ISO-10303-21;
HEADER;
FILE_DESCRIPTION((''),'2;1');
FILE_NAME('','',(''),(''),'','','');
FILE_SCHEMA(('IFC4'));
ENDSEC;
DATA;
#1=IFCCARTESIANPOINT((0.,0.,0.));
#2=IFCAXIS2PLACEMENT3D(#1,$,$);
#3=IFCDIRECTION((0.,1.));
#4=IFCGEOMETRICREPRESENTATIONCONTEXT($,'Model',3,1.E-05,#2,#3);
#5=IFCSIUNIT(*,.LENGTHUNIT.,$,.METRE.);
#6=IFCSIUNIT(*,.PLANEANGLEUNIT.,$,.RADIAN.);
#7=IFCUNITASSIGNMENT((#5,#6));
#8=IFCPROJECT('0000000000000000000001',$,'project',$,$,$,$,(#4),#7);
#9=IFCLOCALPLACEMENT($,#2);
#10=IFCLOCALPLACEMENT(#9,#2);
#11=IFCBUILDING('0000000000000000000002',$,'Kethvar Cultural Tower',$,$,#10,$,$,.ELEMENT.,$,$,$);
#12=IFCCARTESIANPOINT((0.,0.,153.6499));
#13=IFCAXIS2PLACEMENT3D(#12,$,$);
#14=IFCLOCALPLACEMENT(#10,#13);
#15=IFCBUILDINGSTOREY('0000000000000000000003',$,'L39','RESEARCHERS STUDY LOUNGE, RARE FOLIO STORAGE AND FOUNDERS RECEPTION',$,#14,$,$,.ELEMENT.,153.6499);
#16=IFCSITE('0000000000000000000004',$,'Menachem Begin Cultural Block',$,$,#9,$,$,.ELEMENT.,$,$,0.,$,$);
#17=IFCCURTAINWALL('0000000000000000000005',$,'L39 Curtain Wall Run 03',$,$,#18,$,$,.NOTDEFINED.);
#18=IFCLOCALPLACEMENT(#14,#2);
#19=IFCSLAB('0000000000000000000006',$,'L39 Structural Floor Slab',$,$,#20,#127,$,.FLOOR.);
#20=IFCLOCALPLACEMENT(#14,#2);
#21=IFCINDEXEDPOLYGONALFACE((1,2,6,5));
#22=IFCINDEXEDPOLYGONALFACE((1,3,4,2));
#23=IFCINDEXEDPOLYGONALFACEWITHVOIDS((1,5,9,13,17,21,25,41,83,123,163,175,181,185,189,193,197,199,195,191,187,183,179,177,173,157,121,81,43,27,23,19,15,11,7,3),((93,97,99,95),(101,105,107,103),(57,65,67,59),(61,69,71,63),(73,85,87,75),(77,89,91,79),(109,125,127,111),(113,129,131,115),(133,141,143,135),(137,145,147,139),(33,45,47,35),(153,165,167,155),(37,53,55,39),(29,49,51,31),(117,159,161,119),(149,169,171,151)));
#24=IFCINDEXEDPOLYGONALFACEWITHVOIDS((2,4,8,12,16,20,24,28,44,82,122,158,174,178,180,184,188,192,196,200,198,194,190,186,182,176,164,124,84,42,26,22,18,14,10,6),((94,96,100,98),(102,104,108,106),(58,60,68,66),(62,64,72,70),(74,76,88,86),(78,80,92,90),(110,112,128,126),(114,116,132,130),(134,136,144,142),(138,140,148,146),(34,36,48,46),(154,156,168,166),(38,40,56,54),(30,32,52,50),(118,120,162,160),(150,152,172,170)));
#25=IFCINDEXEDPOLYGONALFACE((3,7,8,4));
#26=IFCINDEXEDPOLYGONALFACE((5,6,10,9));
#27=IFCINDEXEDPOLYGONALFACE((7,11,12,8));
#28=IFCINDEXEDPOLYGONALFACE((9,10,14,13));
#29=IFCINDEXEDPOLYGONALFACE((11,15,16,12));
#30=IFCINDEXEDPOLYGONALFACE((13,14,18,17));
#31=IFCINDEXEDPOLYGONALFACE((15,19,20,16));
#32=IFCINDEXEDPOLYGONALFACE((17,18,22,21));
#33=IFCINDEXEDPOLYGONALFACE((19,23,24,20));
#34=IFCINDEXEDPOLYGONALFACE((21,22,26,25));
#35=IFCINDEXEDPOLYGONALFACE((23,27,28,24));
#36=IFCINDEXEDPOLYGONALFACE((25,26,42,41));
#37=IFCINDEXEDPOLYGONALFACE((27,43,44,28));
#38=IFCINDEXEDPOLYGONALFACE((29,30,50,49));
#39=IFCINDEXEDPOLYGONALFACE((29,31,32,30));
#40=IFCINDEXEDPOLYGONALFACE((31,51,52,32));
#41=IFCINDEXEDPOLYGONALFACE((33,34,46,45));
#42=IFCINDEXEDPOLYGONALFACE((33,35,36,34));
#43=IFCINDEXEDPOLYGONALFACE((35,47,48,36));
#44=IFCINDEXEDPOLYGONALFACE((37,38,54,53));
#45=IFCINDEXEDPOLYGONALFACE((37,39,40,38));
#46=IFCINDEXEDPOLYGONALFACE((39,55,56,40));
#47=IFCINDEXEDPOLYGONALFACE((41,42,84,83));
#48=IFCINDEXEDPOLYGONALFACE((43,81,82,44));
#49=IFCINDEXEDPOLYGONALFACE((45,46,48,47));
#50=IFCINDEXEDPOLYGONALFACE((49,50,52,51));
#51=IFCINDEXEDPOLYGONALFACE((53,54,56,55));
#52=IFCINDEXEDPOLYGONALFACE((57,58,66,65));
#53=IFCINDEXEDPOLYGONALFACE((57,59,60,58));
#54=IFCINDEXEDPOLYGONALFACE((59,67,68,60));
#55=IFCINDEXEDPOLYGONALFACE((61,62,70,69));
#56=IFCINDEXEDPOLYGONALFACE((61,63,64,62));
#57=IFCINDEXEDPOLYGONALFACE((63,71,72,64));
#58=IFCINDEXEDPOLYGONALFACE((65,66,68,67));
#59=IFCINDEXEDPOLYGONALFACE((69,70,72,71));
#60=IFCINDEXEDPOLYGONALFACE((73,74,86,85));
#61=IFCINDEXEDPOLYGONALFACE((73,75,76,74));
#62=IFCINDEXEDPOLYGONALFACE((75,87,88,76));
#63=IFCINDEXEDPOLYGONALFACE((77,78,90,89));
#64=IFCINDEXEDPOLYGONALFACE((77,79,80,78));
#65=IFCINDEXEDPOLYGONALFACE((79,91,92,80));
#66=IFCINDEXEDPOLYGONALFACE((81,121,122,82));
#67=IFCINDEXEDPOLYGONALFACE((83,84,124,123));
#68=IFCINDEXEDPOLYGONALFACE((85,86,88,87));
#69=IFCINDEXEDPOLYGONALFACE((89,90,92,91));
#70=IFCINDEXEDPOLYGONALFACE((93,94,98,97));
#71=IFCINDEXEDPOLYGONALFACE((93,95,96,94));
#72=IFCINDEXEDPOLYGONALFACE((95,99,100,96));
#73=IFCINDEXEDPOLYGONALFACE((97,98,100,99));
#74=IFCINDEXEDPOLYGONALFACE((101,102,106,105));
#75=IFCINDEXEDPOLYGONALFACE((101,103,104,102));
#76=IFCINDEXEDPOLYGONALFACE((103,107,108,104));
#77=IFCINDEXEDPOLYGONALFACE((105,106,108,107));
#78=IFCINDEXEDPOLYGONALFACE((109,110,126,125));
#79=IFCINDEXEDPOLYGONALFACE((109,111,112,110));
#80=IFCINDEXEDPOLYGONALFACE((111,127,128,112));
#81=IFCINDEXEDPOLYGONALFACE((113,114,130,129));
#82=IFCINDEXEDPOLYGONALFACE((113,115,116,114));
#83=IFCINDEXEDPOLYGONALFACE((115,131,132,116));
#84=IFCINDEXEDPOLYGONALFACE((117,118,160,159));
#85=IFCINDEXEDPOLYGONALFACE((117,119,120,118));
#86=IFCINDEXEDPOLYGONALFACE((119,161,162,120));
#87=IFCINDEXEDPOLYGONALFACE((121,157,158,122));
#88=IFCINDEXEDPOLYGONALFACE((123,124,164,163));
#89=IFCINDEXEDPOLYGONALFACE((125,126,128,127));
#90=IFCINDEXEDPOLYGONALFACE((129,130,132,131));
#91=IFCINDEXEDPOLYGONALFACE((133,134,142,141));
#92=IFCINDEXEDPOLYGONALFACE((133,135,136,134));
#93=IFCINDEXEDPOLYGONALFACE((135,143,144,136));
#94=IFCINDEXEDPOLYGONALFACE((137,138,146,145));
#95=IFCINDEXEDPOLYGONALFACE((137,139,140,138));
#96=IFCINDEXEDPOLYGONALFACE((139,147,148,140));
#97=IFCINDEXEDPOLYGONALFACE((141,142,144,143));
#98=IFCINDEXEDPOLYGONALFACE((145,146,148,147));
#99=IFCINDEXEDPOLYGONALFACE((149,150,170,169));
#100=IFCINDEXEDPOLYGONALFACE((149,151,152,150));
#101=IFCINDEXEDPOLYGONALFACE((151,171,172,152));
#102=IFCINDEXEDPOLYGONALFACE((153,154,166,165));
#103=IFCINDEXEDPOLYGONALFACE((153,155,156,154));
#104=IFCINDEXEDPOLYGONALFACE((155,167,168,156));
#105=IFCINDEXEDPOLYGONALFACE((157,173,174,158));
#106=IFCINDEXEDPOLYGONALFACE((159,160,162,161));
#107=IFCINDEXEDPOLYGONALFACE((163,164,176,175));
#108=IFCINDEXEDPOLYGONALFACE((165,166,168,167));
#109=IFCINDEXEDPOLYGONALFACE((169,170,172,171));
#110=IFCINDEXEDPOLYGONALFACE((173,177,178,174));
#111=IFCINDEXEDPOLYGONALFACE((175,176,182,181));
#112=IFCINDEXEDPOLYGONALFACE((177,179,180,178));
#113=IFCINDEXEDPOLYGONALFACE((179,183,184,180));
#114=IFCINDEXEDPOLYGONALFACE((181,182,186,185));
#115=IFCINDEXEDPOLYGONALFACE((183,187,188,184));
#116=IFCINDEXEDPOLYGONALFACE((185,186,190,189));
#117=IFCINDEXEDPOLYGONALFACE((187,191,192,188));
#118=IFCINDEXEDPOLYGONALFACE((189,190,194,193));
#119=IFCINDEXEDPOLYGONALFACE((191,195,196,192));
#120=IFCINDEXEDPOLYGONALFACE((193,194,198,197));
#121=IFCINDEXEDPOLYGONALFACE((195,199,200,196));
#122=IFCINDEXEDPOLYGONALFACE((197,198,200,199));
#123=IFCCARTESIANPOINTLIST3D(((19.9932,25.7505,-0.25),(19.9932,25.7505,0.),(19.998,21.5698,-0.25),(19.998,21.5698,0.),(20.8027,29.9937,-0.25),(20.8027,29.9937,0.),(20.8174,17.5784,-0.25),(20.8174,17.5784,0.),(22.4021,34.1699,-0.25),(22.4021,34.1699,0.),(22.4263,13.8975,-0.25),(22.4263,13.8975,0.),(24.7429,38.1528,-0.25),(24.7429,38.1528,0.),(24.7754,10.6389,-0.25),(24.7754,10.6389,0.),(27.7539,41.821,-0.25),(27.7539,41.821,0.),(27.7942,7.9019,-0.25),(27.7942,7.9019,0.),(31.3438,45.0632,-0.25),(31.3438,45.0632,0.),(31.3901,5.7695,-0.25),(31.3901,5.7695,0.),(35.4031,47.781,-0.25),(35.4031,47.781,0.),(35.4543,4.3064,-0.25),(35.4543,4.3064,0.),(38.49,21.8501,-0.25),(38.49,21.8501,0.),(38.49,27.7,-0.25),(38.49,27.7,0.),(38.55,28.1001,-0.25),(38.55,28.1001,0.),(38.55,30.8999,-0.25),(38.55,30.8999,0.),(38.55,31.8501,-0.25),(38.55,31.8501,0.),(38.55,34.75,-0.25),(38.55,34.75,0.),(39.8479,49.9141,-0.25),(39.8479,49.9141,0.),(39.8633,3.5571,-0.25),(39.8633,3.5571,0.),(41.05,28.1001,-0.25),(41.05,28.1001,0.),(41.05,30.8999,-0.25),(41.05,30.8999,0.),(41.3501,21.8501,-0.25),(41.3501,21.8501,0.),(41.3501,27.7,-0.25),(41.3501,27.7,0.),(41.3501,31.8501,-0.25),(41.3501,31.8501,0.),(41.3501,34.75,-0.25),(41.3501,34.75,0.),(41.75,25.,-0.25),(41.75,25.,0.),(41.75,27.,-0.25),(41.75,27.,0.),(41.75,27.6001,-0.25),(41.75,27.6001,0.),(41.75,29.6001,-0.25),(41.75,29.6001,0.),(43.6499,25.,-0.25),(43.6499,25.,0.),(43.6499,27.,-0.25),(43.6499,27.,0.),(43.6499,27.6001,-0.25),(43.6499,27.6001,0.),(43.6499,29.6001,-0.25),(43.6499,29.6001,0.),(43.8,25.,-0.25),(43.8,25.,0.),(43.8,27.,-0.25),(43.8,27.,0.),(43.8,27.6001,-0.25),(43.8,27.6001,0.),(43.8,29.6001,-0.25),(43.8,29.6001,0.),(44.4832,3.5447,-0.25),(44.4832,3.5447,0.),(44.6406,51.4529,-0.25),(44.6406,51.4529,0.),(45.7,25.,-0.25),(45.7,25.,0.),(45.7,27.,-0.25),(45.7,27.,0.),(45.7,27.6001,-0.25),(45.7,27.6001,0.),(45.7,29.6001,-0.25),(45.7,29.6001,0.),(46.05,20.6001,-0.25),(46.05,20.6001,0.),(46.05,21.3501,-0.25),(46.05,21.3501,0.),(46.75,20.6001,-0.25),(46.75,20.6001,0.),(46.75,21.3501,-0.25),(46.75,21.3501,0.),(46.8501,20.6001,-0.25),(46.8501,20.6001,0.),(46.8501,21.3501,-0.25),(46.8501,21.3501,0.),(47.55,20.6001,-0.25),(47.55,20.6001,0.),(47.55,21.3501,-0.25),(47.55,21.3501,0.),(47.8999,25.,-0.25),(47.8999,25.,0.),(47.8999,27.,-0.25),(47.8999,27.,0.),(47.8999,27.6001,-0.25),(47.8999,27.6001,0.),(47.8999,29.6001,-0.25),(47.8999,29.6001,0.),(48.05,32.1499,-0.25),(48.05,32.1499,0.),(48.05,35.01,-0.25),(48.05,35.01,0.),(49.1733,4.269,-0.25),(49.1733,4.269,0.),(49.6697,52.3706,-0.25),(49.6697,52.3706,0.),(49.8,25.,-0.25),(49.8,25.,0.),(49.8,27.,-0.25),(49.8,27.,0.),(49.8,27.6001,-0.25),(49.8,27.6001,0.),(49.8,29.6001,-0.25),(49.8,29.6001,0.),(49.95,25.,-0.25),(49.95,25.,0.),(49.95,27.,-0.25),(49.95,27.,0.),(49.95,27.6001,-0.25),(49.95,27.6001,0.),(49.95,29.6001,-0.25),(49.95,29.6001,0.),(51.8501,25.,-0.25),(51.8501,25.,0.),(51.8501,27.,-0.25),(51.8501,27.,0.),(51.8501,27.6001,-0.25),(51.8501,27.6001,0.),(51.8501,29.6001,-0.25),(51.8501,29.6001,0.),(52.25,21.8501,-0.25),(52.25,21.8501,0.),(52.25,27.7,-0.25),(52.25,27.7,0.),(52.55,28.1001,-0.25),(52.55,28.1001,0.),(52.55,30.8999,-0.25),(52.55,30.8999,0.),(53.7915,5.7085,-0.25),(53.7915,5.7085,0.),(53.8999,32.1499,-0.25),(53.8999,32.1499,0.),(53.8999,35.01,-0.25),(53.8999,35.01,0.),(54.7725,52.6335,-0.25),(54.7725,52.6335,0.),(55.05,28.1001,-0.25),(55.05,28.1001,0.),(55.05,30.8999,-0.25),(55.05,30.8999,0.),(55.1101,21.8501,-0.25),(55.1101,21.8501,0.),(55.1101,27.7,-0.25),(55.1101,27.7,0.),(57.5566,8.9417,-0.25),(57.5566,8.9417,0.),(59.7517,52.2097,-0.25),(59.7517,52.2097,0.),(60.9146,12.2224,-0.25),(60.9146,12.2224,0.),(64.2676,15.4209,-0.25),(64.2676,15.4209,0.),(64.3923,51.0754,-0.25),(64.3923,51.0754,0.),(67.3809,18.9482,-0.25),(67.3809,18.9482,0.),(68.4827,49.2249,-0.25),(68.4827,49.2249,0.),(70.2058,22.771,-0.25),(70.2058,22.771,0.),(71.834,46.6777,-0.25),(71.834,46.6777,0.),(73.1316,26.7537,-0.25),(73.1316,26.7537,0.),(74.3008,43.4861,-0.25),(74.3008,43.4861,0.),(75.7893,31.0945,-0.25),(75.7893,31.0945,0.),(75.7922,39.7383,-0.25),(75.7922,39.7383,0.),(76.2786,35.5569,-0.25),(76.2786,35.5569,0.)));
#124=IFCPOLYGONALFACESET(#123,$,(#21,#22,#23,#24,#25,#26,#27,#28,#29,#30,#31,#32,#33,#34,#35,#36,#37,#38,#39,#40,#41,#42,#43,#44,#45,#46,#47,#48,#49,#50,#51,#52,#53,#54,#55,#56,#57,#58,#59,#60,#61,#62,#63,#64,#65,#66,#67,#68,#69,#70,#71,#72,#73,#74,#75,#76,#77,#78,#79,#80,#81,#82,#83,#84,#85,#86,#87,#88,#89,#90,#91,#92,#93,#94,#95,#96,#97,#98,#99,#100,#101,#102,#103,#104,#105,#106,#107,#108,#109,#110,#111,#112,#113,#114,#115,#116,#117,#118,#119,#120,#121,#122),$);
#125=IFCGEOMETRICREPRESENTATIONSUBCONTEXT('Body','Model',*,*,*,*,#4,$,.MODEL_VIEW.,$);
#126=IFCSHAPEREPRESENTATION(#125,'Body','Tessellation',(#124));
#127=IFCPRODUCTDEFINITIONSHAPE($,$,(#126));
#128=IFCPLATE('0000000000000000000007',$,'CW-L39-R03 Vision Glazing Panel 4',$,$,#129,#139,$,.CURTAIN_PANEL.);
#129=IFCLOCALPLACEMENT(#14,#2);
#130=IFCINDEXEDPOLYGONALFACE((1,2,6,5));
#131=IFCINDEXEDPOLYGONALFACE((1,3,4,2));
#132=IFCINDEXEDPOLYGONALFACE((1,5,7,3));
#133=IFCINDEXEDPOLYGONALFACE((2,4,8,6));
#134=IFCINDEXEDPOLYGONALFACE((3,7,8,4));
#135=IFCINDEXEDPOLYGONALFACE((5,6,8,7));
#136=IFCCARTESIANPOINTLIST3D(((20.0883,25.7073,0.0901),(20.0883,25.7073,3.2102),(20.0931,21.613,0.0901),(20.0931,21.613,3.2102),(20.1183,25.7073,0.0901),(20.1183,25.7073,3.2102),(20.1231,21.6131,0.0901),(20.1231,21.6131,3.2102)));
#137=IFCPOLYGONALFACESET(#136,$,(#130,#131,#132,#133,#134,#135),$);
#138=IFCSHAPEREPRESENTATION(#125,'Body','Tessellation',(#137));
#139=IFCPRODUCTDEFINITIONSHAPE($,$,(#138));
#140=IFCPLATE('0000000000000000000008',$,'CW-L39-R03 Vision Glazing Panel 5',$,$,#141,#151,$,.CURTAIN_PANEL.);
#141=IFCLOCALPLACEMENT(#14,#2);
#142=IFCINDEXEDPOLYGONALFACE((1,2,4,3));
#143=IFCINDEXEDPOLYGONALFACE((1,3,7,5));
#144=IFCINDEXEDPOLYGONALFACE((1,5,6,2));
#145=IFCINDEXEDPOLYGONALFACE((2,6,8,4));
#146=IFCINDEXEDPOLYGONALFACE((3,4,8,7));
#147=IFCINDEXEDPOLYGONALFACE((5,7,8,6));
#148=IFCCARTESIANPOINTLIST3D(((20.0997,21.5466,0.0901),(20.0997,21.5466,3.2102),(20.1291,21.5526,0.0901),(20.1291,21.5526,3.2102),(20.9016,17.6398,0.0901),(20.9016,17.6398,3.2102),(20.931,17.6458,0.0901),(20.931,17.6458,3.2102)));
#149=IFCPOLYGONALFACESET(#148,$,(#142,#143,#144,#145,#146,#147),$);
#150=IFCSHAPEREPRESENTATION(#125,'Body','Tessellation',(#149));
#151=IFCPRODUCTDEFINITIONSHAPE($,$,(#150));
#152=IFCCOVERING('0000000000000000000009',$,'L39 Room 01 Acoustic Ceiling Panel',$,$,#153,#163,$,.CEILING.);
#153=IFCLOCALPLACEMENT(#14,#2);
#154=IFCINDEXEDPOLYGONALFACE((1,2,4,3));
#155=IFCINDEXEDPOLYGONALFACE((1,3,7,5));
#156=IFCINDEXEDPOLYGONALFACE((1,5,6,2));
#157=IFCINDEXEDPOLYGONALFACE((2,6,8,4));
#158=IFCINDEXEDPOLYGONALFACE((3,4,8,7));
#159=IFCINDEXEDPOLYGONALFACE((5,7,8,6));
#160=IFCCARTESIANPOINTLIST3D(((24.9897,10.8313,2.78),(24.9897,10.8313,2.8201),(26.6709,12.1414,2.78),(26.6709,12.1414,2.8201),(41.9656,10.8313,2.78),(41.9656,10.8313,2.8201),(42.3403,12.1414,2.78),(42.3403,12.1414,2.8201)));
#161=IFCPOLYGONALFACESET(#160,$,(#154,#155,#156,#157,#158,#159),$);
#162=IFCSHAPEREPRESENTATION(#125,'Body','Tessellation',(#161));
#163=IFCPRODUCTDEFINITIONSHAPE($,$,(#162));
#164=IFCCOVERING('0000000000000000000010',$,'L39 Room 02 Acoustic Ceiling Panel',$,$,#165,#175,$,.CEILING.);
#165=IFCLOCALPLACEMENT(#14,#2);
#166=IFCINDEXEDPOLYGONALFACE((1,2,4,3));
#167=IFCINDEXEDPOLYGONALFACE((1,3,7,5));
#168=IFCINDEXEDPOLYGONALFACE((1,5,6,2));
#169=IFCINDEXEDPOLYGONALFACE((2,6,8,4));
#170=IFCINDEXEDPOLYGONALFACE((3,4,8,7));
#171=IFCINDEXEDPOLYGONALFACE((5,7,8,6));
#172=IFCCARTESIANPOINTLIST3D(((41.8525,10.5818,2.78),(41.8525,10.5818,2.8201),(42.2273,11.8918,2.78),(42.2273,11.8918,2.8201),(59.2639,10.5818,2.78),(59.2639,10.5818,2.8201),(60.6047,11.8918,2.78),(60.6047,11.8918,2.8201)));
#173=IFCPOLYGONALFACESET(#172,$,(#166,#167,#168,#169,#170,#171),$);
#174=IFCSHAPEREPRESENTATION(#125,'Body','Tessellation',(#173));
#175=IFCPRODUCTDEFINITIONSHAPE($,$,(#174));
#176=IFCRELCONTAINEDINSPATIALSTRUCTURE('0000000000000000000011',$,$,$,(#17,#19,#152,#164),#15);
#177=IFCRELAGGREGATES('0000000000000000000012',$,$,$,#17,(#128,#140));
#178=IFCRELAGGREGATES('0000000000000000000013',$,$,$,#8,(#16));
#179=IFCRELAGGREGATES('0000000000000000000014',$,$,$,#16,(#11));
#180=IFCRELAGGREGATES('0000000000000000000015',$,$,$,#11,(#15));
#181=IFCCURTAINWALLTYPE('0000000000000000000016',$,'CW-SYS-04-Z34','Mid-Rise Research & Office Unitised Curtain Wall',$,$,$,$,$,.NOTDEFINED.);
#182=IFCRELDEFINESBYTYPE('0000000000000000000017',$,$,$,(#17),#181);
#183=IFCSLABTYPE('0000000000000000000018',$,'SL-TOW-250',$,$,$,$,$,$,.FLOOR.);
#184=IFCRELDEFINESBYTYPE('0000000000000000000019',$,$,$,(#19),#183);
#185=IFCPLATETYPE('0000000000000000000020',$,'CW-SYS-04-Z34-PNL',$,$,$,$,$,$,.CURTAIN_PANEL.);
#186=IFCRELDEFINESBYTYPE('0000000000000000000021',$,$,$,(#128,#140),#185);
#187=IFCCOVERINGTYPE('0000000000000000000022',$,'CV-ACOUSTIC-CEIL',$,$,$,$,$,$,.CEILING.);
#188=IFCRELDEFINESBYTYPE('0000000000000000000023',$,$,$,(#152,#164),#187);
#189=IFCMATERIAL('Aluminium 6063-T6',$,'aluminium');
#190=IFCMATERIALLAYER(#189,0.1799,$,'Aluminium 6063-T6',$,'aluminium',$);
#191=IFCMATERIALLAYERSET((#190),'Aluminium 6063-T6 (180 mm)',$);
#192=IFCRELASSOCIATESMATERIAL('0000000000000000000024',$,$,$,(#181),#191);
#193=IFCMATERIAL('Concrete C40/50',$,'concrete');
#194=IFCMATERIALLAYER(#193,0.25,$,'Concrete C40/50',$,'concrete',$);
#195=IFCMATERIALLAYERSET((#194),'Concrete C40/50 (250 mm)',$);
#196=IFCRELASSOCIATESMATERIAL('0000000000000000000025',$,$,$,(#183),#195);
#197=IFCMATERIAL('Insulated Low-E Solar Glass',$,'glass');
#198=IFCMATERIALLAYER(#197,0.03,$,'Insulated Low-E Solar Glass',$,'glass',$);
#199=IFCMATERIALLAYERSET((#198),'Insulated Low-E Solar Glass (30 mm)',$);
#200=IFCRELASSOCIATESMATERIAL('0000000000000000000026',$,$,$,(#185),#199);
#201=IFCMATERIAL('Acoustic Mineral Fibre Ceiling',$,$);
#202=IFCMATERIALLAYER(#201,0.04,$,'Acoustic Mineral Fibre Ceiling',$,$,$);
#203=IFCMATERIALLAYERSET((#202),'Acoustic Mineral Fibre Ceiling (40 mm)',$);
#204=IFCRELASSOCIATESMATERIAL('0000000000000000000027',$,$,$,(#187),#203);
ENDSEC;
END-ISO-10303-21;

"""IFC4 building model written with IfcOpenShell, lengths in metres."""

from ifc_helpers import new_model, si_unit, direction, frame, origin, origin_2d, place, context, subcontext, project, spatial, polyline, rectangle, outline, extrude, source, transform, mapped, material, layer, layer_set, type_object, element, aggregate, save


model = new_model("IFC4")

# Units and contexts
model_context = context("Model", 3, precision=1e-05, world=origin(), true_north=direction((0.0, 1.0)))
body_context = subcontext(model_context, "Body", "Model", "MODEL_VIEW")
ifc_project = project(units=[si_unit("LENGTHUNIT", "METRE"), si_unit("PLANEANGLEUNIT", "RADIAN")], contexts=[model_context])

# Site, building, storey
site_placement = place(None, origin())
site = spatial("IfcSite", under=ifc_project, at=site_placement, Name="Menachem Begin Cultural Block", CompositionType="ELEMENT", RefElevation=0.0)
building_placement = place(site_placement, origin())
building = spatial("IfcBuilding", under=site, at=building_placement, Name="Kethvar Cultural Tower", CompositionType="ELEMENT")
storey_placement = place(building_placement, frame((0.0, 0.0, 153.6499)))
storey = spatial("IfcBuildingStorey", under=building, at=storey_placement, Name="L39", Description="RESEARCHERS STUDY LOUNGE, RARE FOLIO STORAGE AND FOUNDERS RECEPTION", CompositionType="ELEMENT", Elevation=153.6499)

# Curtain wall
ifc_material_1 = material(Name="Aluminium 6063-T6", Category="aluminium")
ifc_layer_1 = layer(ifc_material_1, 0.1799, Name="Aluminium 6063-T6", Category="aluminium")
ifc_layer_set_1 = layer_set([ifc_layer_1], Name="Aluminium 6063-T6 (180 mm)")
curtain_wall_type = type_object("IfcCurtainWallType", Name="CW-SYS-04-Z34", Description="Mid-Rise Research & Office Unitised Curtain Wall", PredefinedType="NOTDEFINED", material=ifc_layer_set_1)
curtain_wall_placement = place(storey_placement, origin())
curtain_wall = element("IfcCurtainWall", 1, at=curtain_wall_placement, inside=storey, type_object=curtain_wall_type, Name="L39 Curtain Wall Run 03", PredefinedType="NOTDEFINED")

# Shared definitions
ifc_material_2 = material(Name="Concrete C40/50", Category="concrete")

# Slab
ifc_layer_2 = layer(ifc_material_2, 0.25, Name="Concrete C40/50", Category="concrete")
ifc_layer_set_2 = layer_set([ifc_layer_2], Name="Concrete C40/50 (250 mm)")
slab_type_1 = type_object("IfcSlabType", Name="SL-TOW-250", PredefinedType="FLOOR", material=ifc_layer_set_2)
slab_1_placement = place(storey_placement, frame((0.0, 0.0, -0.25)))
element("IfcSlab", 2, at=slab_1_placement, inside=storey, type_object=slab_type_1, Name="L39 Structural Floor Slab", PredefinedType="FLOOR", context=body_context, shape_type="SweptSolid", body=[
    extrude(outline(polyline([(74.3008, 43.4861), (71.834, 46.6777), (68.4827, 49.2249), (64.3923, 51.0754), (59.7517, 52.2097), (54.7725, 52.6335), (49.6697, 52.3706), (44.6406, 51.4529), (39.8479, 49.9141), (35.4031, 47.781), (31.3438, 45.0632), (27.7539, 41.821), (24.7429, 38.1528), (22.4021, 34.1699), (20.8027, 29.9937), (19.9932, 25.7505), (19.998, 21.5698), (20.8174, 17.5784), (22.4263, 13.8975), (24.7754, 10.6389), (27.7942, 7.9019), (31.3901, 5.7695), (35.4543, 4.3064), (39.8633, 3.5571), (44.4832, 3.5447), (49.1733, 4.269), (53.7915, 5.7085), (57.5566, 8.9417), (60.9146, 12.2224), (64.2676, 15.4209), (67.3809, 18.9482), (70.2058, 22.771), (73.1316, 26.7537), (75.7893, 31.0945), (76.2786, 35.5569), (75.7922, 39.7383), (74.3008, 43.4861)]), holes=[polyline([(38.49, 21.8501), (38.49, 27.7), (41.3501, 27.7), (41.3501, 21.8501), (38.49, 21.8501)]), polyline([(52.25, 21.8501), (52.25, 27.7), (55.1101, 27.7), (55.1101, 21.8501), (52.25, 21.8501)]), polyline([(53.8999, 32.1499), (48.05, 32.1499), (48.05, 35.01), (53.8999, 35.01), (53.8999, 32.1499)]), polyline([(41.75, 27.0), (43.6499, 27.0), (43.6499, 25.0), (41.75, 25.0), (41.75, 27.0)]), polyline([(43.8, 27.0), (45.7, 27.0), (45.7, 25.0), (43.8, 25.0), (43.8, 27.0)]), polyline([(47.8999, 27.0), (49.8, 27.0), (49.8, 25.0), (47.8999, 25.0), (47.8999, 27.0)]), polyline([(49.95, 27.0), (51.8501, 27.0), (51.8501, 25.0), (49.95, 25.0), (49.95, 27.0)]), polyline([(41.75, 29.6001), (43.6499, 29.6001), (43.6499, 27.6001), (41.75, 27.6001), (41.75, 29.6001)]), polyline([(43.8, 29.6001), (45.7, 29.6001), (45.7, 27.6001), (43.8, 27.6001), (43.8, 29.6001)]), polyline([(47.8999, 29.6001), (49.8, 29.6001), (49.8, 27.6001), (47.8999, 27.6001), (47.8999, 29.6001)]), polyline([(49.95, 29.6001), (51.8501, 29.6001), (51.8501, 27.6001), (49.95, 27.6001), (49.95, 29.6001)]), polyline([(38.55, 30.8999), (41.05, 30.8999), (41.05, 28.1001), (38.55, 28.1001), (38.55, 30.8999)]), polyline([(52.55, 30.8999), (55.05, 30.8999), (55.05, 28.1001), (52.55, 28.1001), (52.55, 30.8999)]), polyline([(38.55, 34.75), (41.3501, 34.75), (41.3501, 31.8501), (38.55, 31.8501), (38.55, 34.75)]), polyline([(46.05, 21.3501), (46.75, 21.3501), (46.75, 20.6001), (46.05, 20.6001), (46.05, 21.3501)]), polyline([(46.8501, 21.3501), (47.55, 21.3501), (47.55, 20.6001), (46.8501, 20.6001), (46.8501, 21.3501)])]), origin(), (0.0, 0.0, 1.0), 0.25),
])

# Plates
ifc_material_3 = material(Name="Insulated Low-E Solar Glass", Category="glass")
ifc_layer_3 = layer(ifc_material_3, 0.03, Name="Insulated Low-E Solar Glass", Category="glass")
ifc_layer_set_3 = layer_set([ifc_layer_3], Name="Insulated Low-E Solar Glass (30 mm)")
plate_type = type_object("IfcPlateType", Name="CW-SYS-04-Z34-PNL", PredefinedType="CURTAIN_PANEL", material=ifc_layer_set_3)
shared_shape_1 = source(origin(), body_context, "Body", "SweptSolid", [
    extrude(rectangle(XDim=4.0942, YDim=0.03, at=origin_2d()), origin(), (0.0, 0.0, 1.0), 3.1201),
])
plate_1_placement = place(storey_placement, frame((20.1057, 23.6602, 0.0901), z_axis=(0.0, 0.0, 1.0), x_axis=(0.001169, -0.999999, 0.0)))
plate_1 = element("IfcPlate", 3, at=plate_1_placement, type_object=plate_type, Name="CW-L39-R03 Vision Glazing Panel 4", PredefinedType="CURTAIN_PANEL", context=body_context, shape_type="MappedRepresentation", body=[
    mapped(shared_shape_1, transform((0.0, 0.0, 0.0), scale=1.0)),
])
shared_shape_2 = source(origin(), body_context, "Body", "SweptSolid", [
    extrude(rectangle(XDim=3.9883, YDim=0.03, at=origin_2d()), origin(), (0.0, 0.0, 1.0), 3.1201),
])
plate_2_placement = place(storey_placement, frame((20.5154, 19.5962, 0.0901), z_axis=(0.0, 0.0, 1.0), x_axis=(0.201061, -0.979579, 0.0)))
plate_2 = element("IfcPlate", 4, at=plate_2_placement, type_object=plate_type, Name="CW-L39-R03 Vision Glazing Panel 5", PredefinedType="CURTAIN_PANEL", context=body_context, shape_type="MappedRepresentation", body=[
    mapped(shared_shape_2, transform((0.0, 0.0, 0.0), scale=1.0)),
])
aggregate(curtain_wall, [plate_1, plate_2])

# Coverings
ifc_material_4 = material(Name="Acoustic Mineral Fibre Ceiling")
ifc_layer_4 = layer(ifc_material_4, 0.04, Name="Acoustic Mineral Fibre Ceiling")
ifc_layer_set_4 = layer_set([ifc_layer_4], Name="Acoustic Mineral Fibre Ceiling (40 mm)")
covering_type_1 = type_object("IfcCoveringType", Name="CV-ACOUSTIC-CEIL", PredefinedType="CEILING", material=ifc_layer_set_4)
covering_1_placement = place(storey_placement, frame((0.0, 0.0, 2.78)))
element("IfcCovering", 5, at=covering_1_placement, inside=storey, type_object=covering_type_1, Name="L39 Room 01 Acoustic Ceiling Panel", PredefinedType="CEILING", context=body_context, shape_type="SweptSolid", body=[
    extrude(outline(polyline([(26.6709, 12.1414), (42.3403, 12.1414), (41.9656, 10.8313), (24.9897, 10.8313), (26.6709, 12.1414)])), origin(), (0.0, 0.0, 1.0), 0.04),
])
covering_2_placement = place(storey_placement, frame((0.0, 0.0, 2.78)))
element("IfcCovering", 6, at=covering_2_placement, inside=storey, type_object=covering_type_1, Name="L39 Room 02 Acoustic Ceiling Panel", PredefinedType="CEILING", context=body_context, shape_type="SweptSolid", body=[
    extrude(outline(polyline([(59.2639, 10.5818), (41.8525, 10.5818), (42.2273, 11.8918), (60.6047, 11.8918), (59.2639, 10.5818)])), origin(), (0.0, 0.0, 1.0), 0.04),
])

save(model, "model.ifc")
